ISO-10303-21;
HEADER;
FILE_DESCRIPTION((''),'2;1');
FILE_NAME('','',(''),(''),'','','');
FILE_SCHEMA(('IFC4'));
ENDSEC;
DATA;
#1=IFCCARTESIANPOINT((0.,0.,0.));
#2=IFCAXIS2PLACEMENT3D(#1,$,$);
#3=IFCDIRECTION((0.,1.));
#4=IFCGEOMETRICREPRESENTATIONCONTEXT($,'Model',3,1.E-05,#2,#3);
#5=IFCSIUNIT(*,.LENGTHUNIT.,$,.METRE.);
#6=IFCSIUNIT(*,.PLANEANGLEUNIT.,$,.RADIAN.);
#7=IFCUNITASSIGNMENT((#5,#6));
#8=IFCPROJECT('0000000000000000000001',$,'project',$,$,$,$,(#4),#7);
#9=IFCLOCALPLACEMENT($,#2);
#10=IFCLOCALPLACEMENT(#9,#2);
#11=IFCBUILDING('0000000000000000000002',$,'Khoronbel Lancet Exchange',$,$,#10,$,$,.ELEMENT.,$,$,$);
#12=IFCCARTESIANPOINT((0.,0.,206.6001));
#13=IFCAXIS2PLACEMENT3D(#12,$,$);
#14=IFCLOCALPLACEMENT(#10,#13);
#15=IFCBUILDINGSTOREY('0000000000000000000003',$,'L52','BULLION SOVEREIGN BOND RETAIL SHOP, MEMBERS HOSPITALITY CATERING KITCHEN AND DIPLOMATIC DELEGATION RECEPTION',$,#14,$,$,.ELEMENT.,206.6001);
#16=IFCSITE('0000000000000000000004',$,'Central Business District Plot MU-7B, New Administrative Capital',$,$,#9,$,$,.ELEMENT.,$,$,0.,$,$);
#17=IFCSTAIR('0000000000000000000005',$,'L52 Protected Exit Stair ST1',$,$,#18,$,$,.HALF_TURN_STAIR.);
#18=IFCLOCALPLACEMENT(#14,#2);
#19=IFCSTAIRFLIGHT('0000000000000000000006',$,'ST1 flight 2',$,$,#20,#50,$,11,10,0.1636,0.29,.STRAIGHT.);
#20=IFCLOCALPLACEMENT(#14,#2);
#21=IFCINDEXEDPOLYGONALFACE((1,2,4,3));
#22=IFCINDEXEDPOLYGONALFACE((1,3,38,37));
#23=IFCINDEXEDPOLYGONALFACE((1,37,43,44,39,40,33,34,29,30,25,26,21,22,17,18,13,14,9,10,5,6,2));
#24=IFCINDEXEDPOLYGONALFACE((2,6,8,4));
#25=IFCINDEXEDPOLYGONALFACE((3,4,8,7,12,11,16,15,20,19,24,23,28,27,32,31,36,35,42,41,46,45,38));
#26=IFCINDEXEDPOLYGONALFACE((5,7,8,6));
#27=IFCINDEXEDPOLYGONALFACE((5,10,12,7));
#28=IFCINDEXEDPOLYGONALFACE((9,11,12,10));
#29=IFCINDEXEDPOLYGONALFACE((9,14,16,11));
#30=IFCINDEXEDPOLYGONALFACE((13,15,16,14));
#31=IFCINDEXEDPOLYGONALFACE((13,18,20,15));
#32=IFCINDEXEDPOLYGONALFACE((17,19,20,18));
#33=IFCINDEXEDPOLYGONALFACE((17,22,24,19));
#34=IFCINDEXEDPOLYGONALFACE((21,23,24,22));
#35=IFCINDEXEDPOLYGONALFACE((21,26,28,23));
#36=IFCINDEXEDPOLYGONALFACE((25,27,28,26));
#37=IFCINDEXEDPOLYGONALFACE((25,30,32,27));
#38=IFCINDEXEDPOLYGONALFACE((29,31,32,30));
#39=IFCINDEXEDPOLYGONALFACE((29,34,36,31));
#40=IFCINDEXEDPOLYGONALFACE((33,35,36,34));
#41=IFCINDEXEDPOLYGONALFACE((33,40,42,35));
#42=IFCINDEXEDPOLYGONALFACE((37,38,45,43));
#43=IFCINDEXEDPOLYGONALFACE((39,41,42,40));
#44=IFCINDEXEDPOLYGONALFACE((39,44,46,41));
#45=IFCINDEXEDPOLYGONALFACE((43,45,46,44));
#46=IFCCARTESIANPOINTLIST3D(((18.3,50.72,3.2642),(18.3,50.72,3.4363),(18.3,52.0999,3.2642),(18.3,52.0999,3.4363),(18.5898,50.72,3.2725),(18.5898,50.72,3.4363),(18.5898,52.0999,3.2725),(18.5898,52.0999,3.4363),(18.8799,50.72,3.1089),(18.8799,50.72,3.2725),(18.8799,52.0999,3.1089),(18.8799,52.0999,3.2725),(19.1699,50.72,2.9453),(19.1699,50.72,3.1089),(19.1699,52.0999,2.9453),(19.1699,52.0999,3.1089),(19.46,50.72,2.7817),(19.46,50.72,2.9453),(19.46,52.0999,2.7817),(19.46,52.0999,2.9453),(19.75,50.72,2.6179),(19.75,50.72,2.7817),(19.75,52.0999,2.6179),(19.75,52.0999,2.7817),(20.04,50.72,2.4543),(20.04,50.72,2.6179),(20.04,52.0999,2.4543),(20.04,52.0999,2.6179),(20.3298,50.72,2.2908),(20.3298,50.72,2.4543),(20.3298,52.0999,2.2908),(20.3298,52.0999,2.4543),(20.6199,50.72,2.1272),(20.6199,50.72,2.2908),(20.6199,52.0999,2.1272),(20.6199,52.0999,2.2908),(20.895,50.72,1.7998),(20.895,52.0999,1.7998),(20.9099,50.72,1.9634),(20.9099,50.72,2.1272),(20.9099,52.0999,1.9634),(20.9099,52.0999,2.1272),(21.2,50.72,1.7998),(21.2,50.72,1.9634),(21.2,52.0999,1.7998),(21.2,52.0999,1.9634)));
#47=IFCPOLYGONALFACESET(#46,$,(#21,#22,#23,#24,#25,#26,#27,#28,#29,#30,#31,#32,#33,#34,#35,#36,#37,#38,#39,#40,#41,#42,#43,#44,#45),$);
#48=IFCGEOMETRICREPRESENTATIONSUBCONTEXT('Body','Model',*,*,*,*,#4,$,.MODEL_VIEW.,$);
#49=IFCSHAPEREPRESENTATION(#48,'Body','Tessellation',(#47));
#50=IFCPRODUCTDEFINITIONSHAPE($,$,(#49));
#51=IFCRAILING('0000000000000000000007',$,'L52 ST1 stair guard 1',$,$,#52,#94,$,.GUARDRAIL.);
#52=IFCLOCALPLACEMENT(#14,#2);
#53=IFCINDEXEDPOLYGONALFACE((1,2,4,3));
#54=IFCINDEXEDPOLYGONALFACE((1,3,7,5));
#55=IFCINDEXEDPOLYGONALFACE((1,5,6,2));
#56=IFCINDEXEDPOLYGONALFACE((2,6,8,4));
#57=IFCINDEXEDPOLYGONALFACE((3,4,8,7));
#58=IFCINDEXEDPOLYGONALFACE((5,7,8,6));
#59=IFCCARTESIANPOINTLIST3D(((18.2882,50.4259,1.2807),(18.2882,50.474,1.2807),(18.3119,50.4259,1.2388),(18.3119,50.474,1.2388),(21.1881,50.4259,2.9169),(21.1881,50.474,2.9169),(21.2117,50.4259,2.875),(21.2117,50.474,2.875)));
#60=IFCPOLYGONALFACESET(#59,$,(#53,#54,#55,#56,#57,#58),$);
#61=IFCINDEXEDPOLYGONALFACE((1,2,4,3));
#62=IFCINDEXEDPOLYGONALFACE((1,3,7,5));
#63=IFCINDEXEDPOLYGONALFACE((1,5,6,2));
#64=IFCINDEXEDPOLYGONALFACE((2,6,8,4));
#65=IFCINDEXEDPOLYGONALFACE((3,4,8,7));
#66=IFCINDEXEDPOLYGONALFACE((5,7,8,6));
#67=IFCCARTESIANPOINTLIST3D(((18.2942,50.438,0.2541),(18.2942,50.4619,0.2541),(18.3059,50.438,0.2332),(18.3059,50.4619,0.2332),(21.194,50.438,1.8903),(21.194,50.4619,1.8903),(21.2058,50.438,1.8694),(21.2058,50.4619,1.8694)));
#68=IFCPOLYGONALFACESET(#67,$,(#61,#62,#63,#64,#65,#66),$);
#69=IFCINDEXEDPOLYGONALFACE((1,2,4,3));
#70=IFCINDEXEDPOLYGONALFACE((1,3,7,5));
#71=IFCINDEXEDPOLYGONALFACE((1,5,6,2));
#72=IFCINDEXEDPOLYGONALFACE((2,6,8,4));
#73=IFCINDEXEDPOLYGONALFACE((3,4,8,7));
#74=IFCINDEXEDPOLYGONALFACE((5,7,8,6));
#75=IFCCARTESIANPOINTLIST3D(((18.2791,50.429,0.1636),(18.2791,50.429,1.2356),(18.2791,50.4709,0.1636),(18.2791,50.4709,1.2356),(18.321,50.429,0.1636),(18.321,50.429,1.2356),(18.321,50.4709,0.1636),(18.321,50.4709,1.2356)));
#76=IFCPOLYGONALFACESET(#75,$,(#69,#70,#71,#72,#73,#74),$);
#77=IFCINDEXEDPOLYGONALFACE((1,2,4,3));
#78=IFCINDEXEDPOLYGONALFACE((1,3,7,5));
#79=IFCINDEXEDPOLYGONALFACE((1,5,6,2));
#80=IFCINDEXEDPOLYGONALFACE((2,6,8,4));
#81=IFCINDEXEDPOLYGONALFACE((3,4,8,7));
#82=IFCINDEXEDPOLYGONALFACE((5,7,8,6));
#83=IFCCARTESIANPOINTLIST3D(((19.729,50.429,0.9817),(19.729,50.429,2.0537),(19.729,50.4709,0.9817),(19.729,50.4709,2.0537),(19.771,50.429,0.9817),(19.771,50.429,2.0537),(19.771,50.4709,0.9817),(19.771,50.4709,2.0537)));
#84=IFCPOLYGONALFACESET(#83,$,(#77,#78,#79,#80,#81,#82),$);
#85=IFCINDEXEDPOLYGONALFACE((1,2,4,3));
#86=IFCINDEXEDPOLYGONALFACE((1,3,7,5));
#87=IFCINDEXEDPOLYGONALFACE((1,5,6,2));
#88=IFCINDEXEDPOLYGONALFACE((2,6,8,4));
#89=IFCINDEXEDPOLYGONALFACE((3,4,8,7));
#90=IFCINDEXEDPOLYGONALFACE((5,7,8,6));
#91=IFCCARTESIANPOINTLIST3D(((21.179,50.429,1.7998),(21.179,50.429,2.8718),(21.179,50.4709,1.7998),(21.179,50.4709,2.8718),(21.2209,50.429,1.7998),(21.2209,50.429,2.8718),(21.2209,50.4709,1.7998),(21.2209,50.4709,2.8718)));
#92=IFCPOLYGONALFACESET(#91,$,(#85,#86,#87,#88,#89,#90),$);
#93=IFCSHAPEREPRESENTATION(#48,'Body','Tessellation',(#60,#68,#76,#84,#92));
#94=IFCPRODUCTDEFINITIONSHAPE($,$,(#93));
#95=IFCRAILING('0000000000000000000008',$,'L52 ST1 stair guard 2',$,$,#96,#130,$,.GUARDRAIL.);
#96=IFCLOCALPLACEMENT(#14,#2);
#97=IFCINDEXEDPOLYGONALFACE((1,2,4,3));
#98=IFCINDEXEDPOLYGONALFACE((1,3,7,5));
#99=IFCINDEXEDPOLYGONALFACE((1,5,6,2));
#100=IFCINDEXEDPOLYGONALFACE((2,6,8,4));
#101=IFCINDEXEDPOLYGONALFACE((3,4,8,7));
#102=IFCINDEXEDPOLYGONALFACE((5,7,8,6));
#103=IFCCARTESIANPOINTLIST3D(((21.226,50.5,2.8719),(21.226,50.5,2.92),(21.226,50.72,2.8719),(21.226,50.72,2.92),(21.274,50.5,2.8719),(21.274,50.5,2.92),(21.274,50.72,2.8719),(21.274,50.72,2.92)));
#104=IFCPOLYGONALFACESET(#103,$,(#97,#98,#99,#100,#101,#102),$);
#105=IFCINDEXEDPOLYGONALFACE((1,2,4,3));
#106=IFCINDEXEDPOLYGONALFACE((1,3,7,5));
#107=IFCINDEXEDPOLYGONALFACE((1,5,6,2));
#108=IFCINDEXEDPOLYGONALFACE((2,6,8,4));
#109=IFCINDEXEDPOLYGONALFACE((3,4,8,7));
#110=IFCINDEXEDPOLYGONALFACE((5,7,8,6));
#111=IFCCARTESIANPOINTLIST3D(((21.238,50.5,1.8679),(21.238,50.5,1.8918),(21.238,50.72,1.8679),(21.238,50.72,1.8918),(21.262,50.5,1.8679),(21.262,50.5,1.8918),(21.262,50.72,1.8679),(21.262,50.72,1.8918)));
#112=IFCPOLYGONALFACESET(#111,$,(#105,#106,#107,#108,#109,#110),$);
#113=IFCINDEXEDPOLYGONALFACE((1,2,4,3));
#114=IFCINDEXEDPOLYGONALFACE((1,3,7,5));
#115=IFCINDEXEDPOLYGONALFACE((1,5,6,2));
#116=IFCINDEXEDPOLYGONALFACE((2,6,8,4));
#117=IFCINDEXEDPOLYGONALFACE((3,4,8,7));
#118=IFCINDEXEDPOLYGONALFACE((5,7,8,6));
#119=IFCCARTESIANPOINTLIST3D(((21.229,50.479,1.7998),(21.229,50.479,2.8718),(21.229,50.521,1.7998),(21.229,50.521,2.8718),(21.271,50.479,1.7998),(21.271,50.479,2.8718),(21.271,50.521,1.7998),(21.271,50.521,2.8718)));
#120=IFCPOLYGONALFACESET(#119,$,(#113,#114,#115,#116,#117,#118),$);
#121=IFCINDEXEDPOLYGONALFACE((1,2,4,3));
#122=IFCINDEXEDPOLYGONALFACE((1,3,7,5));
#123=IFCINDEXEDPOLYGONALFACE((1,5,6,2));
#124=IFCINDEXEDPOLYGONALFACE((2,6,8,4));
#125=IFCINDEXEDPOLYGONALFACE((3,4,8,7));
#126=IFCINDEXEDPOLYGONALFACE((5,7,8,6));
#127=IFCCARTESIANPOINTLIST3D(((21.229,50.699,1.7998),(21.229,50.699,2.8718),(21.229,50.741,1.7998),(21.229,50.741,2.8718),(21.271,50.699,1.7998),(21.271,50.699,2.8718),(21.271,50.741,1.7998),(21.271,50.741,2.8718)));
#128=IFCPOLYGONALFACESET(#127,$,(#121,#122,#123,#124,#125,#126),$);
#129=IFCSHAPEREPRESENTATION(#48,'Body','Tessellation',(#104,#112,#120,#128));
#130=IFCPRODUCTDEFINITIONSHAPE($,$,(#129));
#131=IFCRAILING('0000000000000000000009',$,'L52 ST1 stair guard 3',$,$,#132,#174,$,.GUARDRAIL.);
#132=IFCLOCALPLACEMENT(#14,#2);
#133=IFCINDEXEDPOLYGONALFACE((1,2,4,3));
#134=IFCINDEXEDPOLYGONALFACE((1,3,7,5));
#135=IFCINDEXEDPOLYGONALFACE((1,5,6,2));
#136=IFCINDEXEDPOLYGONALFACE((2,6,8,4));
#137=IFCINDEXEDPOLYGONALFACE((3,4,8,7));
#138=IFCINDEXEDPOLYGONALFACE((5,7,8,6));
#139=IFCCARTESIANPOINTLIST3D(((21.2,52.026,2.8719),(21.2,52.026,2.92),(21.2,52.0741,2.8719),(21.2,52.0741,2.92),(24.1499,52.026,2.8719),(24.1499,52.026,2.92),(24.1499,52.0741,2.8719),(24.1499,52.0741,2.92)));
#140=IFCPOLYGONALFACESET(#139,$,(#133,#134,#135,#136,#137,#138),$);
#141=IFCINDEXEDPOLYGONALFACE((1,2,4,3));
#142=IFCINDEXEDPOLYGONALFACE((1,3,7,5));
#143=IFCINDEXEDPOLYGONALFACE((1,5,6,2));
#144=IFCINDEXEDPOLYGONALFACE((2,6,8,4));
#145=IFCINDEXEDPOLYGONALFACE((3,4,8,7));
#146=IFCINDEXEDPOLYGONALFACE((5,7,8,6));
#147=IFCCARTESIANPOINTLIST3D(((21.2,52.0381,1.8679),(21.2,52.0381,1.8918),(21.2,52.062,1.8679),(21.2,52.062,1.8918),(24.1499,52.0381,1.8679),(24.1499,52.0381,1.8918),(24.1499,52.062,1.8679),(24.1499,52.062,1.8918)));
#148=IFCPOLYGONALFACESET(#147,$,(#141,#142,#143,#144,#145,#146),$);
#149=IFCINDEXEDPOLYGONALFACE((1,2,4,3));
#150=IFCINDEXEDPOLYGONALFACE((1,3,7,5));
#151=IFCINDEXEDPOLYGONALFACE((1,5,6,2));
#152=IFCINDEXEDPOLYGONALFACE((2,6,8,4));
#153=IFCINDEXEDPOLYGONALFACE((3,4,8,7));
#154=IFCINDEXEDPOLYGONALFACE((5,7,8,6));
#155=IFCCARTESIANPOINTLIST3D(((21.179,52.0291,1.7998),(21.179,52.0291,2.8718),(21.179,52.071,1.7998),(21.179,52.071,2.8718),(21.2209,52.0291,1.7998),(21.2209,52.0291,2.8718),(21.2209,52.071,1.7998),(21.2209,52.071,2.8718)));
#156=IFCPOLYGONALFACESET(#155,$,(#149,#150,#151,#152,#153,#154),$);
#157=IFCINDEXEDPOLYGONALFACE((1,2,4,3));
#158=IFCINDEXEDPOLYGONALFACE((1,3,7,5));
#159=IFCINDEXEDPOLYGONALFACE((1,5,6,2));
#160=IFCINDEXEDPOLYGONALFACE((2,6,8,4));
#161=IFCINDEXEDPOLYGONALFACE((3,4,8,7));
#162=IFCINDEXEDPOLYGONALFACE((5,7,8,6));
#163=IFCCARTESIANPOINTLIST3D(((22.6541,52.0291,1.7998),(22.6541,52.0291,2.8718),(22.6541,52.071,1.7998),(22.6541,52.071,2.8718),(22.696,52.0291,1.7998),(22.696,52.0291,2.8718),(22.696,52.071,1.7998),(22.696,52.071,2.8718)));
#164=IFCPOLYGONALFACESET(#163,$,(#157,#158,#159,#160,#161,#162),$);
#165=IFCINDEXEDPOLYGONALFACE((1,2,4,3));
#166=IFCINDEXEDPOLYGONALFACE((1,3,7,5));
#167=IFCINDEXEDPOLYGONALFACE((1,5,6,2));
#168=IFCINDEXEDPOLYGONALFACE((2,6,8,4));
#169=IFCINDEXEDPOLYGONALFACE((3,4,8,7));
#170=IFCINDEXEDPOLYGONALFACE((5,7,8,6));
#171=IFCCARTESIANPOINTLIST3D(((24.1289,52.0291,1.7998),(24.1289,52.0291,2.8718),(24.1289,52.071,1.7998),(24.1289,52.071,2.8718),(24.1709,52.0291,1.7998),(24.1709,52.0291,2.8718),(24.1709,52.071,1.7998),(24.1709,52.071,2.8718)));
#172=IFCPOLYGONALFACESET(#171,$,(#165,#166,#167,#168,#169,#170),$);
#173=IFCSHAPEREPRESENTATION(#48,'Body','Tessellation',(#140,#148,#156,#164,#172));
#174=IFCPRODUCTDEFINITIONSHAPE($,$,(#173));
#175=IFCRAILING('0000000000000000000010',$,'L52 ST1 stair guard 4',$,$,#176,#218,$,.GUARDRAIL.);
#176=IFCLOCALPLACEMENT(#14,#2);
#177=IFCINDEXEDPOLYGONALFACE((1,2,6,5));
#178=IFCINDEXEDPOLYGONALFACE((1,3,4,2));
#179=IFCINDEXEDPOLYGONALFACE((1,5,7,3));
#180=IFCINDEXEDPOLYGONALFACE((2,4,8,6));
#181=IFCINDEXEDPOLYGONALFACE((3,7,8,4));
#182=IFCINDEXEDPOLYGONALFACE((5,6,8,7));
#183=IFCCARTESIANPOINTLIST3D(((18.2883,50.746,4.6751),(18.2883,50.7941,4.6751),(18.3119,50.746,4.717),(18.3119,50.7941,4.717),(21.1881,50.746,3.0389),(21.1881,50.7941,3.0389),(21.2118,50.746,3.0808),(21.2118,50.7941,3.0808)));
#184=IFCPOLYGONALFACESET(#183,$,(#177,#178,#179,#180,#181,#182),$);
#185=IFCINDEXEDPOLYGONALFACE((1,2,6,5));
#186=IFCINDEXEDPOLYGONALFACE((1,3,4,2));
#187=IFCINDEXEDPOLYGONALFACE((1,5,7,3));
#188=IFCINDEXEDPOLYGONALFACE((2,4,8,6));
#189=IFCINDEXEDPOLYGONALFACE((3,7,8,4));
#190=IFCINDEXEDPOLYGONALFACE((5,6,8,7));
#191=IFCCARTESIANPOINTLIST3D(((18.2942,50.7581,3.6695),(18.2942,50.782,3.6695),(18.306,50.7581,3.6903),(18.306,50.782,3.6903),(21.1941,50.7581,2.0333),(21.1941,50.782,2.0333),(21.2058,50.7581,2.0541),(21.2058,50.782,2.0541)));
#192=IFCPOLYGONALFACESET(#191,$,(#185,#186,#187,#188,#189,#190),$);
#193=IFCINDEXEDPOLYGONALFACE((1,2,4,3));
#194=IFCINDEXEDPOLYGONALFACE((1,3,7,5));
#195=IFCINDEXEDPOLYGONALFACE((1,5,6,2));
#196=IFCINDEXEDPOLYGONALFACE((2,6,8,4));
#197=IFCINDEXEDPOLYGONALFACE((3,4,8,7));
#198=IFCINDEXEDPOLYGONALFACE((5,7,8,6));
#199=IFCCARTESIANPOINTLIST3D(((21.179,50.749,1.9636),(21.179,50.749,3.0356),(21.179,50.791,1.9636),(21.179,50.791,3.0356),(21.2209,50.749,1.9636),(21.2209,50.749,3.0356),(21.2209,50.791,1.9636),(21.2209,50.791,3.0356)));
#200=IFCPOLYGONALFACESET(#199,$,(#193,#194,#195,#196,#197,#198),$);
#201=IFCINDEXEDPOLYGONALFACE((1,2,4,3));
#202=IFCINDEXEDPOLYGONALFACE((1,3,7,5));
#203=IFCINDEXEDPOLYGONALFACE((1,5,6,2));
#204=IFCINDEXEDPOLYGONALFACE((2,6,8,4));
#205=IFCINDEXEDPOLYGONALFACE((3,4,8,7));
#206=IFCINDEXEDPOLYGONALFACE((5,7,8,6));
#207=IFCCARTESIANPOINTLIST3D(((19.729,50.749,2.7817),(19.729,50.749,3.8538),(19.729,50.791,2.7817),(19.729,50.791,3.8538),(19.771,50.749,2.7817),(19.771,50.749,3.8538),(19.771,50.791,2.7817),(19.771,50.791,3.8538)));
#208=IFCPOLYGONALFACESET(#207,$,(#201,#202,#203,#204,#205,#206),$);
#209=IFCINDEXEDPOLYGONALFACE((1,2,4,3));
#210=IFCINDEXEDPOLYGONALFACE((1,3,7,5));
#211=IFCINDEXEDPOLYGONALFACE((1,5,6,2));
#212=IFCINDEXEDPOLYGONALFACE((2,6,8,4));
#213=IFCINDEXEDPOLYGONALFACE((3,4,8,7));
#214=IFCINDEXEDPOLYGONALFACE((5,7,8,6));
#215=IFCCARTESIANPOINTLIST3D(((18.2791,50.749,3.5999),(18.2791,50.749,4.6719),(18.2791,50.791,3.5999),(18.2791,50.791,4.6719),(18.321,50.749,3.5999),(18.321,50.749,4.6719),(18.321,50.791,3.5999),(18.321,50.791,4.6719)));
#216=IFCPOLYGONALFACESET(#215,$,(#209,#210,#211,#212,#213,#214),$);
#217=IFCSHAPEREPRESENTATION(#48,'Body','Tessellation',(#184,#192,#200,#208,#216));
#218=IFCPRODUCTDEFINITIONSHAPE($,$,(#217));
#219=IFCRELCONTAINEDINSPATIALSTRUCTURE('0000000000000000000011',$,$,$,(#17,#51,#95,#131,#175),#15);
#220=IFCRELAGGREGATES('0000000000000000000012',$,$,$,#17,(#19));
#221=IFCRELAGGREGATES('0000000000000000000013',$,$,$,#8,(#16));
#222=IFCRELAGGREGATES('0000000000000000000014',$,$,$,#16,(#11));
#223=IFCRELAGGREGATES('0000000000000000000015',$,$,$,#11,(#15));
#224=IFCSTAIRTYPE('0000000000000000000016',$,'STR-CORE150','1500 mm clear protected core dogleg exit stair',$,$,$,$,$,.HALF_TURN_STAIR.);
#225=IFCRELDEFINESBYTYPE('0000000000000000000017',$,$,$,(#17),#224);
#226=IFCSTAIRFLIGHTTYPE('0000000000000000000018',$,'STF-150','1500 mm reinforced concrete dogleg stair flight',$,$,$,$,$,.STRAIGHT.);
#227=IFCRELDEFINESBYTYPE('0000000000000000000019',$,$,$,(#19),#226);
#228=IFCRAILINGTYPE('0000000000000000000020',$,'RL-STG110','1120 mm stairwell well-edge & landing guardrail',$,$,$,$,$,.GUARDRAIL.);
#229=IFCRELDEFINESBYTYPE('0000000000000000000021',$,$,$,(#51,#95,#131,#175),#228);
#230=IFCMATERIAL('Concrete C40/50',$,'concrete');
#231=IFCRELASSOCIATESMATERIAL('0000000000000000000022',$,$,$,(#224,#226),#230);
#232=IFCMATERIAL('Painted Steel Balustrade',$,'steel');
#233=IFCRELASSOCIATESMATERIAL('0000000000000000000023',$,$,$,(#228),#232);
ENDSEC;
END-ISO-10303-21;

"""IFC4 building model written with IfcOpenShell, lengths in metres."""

from ifc_helpers import new_model, si_unit, direction, frame, origin, origin_2d, place, context, subcontext, project, spatial, polyline, rectangle, outline, extrude, material, type_object, element, aggregate, save


model = new_model("IFC4")

# Units and contexts
model_context = context("Model", 3, precision=1e-05, world=origin(), true_north=direction((0.0, 1.0)))
body_context = subcontext(model_context, "Body", "Model", "MODEL_VIEW")
ifc_project = project(units=[si_unit("LENGTHUNIT", "METRE"), si_unit("PLANEANGLEUNIT", "RADIAN")], contexts=[model_context])

# Site, building, storey
site_placement = place(None, origin())
site = spatial("IfcSite", under=ifc_project, at=site_placement, Name="Central Business District Plot MU-7B, New Administrative Capital", CompositionType="ELEMENT", RefElevation=0.0)
building_placement = place(site_placement, origin())
building = spatial("IfcBuilding", under=site, at=building_placement, Name="Khoronbel Lancet Exchange", CompositionType="ELEMENT")
storey_placement = place(building_placement, frame((0.0, 0.0, 206.6001)))
storey = spatial("IfcBuildingStorey", under=building, at=storey_placement, Name="L52", Description="BULLION SOVEREIGN BOND RETAIL SHOP, MEMBERS HOSPITALITY CATERING KITCHEN AND DIPLOMATIC DELEGATION RECEPTION", CompositionType="ELEMENT", Elevation=206.6001)

# Stair, stair flight
ifc_material_1 = material(Name="Concrete C40/50", Category="concrete")
stair_type = type_object("IfcStairType", Name="STR-CORE150", Description="1500 mm clear protected core dogleg exit stair", PredefinedType="HALF_TURN_STAIR", material=ifc_material_1)
stair_placement = place(storey_placement, origin())
stair = element("IfcStair", 1, at=stair_placement, inside=storey, type_object=stair_type, Name="L52 Protected Exit Stair ST1", PredefinedType="HALF_TURN_STAIR")
stair_flight_type = type_object("IfcStairFlightType", Name="STF-150", Description="1500 mm reinforced concrete dogleg stair flight", PredefinedType="STRAIGHT", material=ifc_material_1)
stair_flight_1_placement = place(storey_placement, frame((21.2, 51.4099, 1.7998), z_axis=(0.0, 0.0, 1.0), x_axis=(-1.0, 0.0, 0.0)))
stair_flight_1 = element("IfcStairFlight", 2, at=stair_flight_1_placement, type_object=stair_flight_type, Name="ST1 flight 2", NumberOfRisers=11, NumberOfTreads=10, PredefinedType="STRAIGHT", RiserHeight=0.1636, TreadLength=0.29, context=body_context, shape_type="SweptSolid", body=[
    extrude(outline(polyline([(0.0, 0.0), (0.0, 0.1636), (0.29, 0.1636), (0.29, 0.3274), (0.5801, 0.3274), (0.5801, 0.491), (0.8701, 0.491), (0.8701, 0.6545), (1.1599, 0.6545), (1.1599, 0.8181), (1.45, 0.8181), (1.45, 0.9819), (1.74, 0.9819), (1.74, 1.1455), (2.03, 1.1455), (2.03, 1.3091), (2.3201, 1.3091), (2.3201, 1.4727), (2.6101, 1.4727), (2.6101, 1.6365), (2.8999, 1.6365), (2.8999, 1.8), (2.8999, 1.4644), (0.3049, 0.0), (0.0, 0.0)])), frame((0.0, 0.6899, 0.0), z_axis=(0.0, -1.0, 0.0), x_axis=(1.0, 0.0, 0.0)), (0.0, 0.0, 1.0), 1.3799),
])
aggregate(stair, [stair_flight_1])

# Railings
ifc_material_2 = material(Name="Painted Steel Balustrade", Category="steel")
railing_type_1 = type_object("IfcRailingType", Name="RL-STG110", Description="1120 mm stairwell well-edge & landing guardrail", PredefinedType="GUARDRAIL", material=ifc_material_2)
railing_1_placement = place(storey_placement, frame((18.3, 50.45, 0.1636)))
element("IfcRailing", 3, at=railing_1_placement, inside=storey, type_object=railing_type_1, Name="L52 ST1 stair guard 1", PredefinedType="GUARDRAIL", context=body_context, shape_type="SweptSolid", body=[
    extrude(rectangle(XDim=0.0481, YDim=0.0481, at=origin_2d()), frame((0.0, 0.0, 1.0962), z_axis=(0.870929, 0.0, 0.49141), x_axis=(0.0, 1.0, 0.0)), (0.0, 0.0, 1.0), 3.3296),
    extrude(rectangle(XDim=0.0239, YDim=0.0239, at=origin_2d()), frame((0.0, 0.0, 0.0801), z_axis=(0.870929, 0.0, 0.49141), x_axis=(0.0, 1.0, 0.0)), (0.0, 0.0, 1.0), 3.3296),
    extrude(rectangle(XDim=0.042, YDim=0.042, at=origin_2d()), origin(), (0.0, 0.0, 1.0), 1.072),
    extrude(rectangle(XDim=0.042, YDim=0.042, at=origin_2d()), frame((1.45, 0.0, 0.8181)), (0.0, 0.0, 1.0), 1.072),
    extrude(rectangle(XDim=0.042, YDim=0.042, at=origin_2d()), frame((2.8999, 0.0, 1.6362)), (0.0, 0.0, 1.0), 1.072),
])
railing_2_placement = place(storey_placement, frame((21.25, 50.5, 1.7998)))
element("IfcRailing", 4, at=railing_2_placement, inside=storey, type_object=railing_type_1, Name="L52 ST1 stair guard 2", PredefinedType="GUARDRAIL", context=body_context, shape_type="SweptSolid", body=[
    extrude(rectangle(XDim=0.0481, YDim=0.0481, at=origin_2d()), frame((0.0, 0.0, 1.0962), z_axis=(0.0, 1.0, 0.0), x_axis=(-1.0, 0.0, 0.0)), (0.0, 0.0, 1.0), 0.22),
    extrude(rectangle(XDim=0.0239, YDim=0.0239, at=origin_2d()), frame((0.0, 0.0, 0.0801), z_axis=(0.0, 1.0, 0.0), x_axis=(-1.0, 0.0, 0.0)), (0.0, 0.0, 1.0), 0.22),
    extrude(rectangle(XDim=0.042, YDim=0.042, at=origin_2d()), origin(), (0.0, 0.0, 1.0), 1.072),
    extrude(rectangle(XDim=0.042, YDim=0.042, at=origin_2d()), frame((0.0, 0.22, 0.0)), (0.0, 0.0, 1.0), 1.072),
])
railing_3_placement = place(storey_placement, frame((21.2, 52.05, 1.7998)))
element("IfcRailing", 5, at=railing_3_placement, inside=storey, type_object=railing_type_1, Name="L52 ST1 stair guard 3", PredefinedType="GUARDRAIL", context=body_context, shape_type="SweptSolid", body=[
    extrude(rectangle(XDim=0.0481, YDim=0.0481, at=origin_2d()), frame((0.0, 0.0, 1.0962), z_axis=(1.0, 0.0, 0.0), x_axis=(0.0, 1.0, 0.0)), (0.0, 0.0, 1.0), 2.95),
    extrude(rectangle(XDim=0.0239, YDim=0.0239, at=origin_2d()), frame((0.0, 0.0, 0.0801), z_axis=(1.0, 0.0, 0.0), x_axis=(0.0, 1.0, 0.0)), (0.0, 0.0, 1.0), 2.95),
    extrude(rectangle(XDim=0.042, YDim=0.042, at=origin_2d()), origin(), (0.0, 0.0, 1.0), 1.072),
    extrude(rectangle(XDim=0.042, YDim=0.042, at=origin_2d()), frame((1.4751, 0.0, 0.0)), (0.0, 0.0, 1.0), 1.072),
    extrude(rectangle(XDim=0.042, YDim=0.042, at=origin_2d()), frame((2.95, 0.0, 0.0)), (0.0, 0.0, 1.0), 1.072),
])
railing_4_placement = place(storey_placement, frame((21.2, 50.77, 1.9636)))
element("IfcRailing", 6, at=railing_4_placement, inside=storey, type_object=railing_type_1, Name="L52 ST1 stair guard 4", PredefinedType="GUARDRAIL", context=body_context, shape_type="SweptSolid", body=[
    extrude(rectangle(XDim=0.0481, YDim=0.0481, at=origin_2d()), frame((0.0, 0.0, 1.0962), z_axis=(-0.870929, 0.0, 0.49141), x_axis=(0.0, -1.0, 0.0)), (0.0, 0.0, 1.0), 3.3296),
    extrude(rectangle(XDim=0.0239, YDim=0.0239, at=origin_2d()), frame((0.0, 0.0, 0.0801), z_axis=(-0.870929, 0.0, 0.49141), x_axis=(0.0, -1.0, 0.0)), (0.0, 0.0, 1.0), 3.3296),
    extrude(rectangle(XDim=0.042, YDim=0.042, at=origin_2d()), origin(), (0.0, 0.0, 1.0), 1.072),
    extrude(rectangle(XDim=0.042, YDim=0.042, at=origin_2d()), frame((-1.45, 0.0, 0.8181)), (0.0, 0.0, 1.0), 1.072),
    extrude(rectangle(XDim=0.042, YDim=0.042, at=origin_2d()), frame((-2.8999, 0.0, 1.6362)), (0.0, 0.0, 1.0), 1.072),
])

save(model, "model.ifc")
